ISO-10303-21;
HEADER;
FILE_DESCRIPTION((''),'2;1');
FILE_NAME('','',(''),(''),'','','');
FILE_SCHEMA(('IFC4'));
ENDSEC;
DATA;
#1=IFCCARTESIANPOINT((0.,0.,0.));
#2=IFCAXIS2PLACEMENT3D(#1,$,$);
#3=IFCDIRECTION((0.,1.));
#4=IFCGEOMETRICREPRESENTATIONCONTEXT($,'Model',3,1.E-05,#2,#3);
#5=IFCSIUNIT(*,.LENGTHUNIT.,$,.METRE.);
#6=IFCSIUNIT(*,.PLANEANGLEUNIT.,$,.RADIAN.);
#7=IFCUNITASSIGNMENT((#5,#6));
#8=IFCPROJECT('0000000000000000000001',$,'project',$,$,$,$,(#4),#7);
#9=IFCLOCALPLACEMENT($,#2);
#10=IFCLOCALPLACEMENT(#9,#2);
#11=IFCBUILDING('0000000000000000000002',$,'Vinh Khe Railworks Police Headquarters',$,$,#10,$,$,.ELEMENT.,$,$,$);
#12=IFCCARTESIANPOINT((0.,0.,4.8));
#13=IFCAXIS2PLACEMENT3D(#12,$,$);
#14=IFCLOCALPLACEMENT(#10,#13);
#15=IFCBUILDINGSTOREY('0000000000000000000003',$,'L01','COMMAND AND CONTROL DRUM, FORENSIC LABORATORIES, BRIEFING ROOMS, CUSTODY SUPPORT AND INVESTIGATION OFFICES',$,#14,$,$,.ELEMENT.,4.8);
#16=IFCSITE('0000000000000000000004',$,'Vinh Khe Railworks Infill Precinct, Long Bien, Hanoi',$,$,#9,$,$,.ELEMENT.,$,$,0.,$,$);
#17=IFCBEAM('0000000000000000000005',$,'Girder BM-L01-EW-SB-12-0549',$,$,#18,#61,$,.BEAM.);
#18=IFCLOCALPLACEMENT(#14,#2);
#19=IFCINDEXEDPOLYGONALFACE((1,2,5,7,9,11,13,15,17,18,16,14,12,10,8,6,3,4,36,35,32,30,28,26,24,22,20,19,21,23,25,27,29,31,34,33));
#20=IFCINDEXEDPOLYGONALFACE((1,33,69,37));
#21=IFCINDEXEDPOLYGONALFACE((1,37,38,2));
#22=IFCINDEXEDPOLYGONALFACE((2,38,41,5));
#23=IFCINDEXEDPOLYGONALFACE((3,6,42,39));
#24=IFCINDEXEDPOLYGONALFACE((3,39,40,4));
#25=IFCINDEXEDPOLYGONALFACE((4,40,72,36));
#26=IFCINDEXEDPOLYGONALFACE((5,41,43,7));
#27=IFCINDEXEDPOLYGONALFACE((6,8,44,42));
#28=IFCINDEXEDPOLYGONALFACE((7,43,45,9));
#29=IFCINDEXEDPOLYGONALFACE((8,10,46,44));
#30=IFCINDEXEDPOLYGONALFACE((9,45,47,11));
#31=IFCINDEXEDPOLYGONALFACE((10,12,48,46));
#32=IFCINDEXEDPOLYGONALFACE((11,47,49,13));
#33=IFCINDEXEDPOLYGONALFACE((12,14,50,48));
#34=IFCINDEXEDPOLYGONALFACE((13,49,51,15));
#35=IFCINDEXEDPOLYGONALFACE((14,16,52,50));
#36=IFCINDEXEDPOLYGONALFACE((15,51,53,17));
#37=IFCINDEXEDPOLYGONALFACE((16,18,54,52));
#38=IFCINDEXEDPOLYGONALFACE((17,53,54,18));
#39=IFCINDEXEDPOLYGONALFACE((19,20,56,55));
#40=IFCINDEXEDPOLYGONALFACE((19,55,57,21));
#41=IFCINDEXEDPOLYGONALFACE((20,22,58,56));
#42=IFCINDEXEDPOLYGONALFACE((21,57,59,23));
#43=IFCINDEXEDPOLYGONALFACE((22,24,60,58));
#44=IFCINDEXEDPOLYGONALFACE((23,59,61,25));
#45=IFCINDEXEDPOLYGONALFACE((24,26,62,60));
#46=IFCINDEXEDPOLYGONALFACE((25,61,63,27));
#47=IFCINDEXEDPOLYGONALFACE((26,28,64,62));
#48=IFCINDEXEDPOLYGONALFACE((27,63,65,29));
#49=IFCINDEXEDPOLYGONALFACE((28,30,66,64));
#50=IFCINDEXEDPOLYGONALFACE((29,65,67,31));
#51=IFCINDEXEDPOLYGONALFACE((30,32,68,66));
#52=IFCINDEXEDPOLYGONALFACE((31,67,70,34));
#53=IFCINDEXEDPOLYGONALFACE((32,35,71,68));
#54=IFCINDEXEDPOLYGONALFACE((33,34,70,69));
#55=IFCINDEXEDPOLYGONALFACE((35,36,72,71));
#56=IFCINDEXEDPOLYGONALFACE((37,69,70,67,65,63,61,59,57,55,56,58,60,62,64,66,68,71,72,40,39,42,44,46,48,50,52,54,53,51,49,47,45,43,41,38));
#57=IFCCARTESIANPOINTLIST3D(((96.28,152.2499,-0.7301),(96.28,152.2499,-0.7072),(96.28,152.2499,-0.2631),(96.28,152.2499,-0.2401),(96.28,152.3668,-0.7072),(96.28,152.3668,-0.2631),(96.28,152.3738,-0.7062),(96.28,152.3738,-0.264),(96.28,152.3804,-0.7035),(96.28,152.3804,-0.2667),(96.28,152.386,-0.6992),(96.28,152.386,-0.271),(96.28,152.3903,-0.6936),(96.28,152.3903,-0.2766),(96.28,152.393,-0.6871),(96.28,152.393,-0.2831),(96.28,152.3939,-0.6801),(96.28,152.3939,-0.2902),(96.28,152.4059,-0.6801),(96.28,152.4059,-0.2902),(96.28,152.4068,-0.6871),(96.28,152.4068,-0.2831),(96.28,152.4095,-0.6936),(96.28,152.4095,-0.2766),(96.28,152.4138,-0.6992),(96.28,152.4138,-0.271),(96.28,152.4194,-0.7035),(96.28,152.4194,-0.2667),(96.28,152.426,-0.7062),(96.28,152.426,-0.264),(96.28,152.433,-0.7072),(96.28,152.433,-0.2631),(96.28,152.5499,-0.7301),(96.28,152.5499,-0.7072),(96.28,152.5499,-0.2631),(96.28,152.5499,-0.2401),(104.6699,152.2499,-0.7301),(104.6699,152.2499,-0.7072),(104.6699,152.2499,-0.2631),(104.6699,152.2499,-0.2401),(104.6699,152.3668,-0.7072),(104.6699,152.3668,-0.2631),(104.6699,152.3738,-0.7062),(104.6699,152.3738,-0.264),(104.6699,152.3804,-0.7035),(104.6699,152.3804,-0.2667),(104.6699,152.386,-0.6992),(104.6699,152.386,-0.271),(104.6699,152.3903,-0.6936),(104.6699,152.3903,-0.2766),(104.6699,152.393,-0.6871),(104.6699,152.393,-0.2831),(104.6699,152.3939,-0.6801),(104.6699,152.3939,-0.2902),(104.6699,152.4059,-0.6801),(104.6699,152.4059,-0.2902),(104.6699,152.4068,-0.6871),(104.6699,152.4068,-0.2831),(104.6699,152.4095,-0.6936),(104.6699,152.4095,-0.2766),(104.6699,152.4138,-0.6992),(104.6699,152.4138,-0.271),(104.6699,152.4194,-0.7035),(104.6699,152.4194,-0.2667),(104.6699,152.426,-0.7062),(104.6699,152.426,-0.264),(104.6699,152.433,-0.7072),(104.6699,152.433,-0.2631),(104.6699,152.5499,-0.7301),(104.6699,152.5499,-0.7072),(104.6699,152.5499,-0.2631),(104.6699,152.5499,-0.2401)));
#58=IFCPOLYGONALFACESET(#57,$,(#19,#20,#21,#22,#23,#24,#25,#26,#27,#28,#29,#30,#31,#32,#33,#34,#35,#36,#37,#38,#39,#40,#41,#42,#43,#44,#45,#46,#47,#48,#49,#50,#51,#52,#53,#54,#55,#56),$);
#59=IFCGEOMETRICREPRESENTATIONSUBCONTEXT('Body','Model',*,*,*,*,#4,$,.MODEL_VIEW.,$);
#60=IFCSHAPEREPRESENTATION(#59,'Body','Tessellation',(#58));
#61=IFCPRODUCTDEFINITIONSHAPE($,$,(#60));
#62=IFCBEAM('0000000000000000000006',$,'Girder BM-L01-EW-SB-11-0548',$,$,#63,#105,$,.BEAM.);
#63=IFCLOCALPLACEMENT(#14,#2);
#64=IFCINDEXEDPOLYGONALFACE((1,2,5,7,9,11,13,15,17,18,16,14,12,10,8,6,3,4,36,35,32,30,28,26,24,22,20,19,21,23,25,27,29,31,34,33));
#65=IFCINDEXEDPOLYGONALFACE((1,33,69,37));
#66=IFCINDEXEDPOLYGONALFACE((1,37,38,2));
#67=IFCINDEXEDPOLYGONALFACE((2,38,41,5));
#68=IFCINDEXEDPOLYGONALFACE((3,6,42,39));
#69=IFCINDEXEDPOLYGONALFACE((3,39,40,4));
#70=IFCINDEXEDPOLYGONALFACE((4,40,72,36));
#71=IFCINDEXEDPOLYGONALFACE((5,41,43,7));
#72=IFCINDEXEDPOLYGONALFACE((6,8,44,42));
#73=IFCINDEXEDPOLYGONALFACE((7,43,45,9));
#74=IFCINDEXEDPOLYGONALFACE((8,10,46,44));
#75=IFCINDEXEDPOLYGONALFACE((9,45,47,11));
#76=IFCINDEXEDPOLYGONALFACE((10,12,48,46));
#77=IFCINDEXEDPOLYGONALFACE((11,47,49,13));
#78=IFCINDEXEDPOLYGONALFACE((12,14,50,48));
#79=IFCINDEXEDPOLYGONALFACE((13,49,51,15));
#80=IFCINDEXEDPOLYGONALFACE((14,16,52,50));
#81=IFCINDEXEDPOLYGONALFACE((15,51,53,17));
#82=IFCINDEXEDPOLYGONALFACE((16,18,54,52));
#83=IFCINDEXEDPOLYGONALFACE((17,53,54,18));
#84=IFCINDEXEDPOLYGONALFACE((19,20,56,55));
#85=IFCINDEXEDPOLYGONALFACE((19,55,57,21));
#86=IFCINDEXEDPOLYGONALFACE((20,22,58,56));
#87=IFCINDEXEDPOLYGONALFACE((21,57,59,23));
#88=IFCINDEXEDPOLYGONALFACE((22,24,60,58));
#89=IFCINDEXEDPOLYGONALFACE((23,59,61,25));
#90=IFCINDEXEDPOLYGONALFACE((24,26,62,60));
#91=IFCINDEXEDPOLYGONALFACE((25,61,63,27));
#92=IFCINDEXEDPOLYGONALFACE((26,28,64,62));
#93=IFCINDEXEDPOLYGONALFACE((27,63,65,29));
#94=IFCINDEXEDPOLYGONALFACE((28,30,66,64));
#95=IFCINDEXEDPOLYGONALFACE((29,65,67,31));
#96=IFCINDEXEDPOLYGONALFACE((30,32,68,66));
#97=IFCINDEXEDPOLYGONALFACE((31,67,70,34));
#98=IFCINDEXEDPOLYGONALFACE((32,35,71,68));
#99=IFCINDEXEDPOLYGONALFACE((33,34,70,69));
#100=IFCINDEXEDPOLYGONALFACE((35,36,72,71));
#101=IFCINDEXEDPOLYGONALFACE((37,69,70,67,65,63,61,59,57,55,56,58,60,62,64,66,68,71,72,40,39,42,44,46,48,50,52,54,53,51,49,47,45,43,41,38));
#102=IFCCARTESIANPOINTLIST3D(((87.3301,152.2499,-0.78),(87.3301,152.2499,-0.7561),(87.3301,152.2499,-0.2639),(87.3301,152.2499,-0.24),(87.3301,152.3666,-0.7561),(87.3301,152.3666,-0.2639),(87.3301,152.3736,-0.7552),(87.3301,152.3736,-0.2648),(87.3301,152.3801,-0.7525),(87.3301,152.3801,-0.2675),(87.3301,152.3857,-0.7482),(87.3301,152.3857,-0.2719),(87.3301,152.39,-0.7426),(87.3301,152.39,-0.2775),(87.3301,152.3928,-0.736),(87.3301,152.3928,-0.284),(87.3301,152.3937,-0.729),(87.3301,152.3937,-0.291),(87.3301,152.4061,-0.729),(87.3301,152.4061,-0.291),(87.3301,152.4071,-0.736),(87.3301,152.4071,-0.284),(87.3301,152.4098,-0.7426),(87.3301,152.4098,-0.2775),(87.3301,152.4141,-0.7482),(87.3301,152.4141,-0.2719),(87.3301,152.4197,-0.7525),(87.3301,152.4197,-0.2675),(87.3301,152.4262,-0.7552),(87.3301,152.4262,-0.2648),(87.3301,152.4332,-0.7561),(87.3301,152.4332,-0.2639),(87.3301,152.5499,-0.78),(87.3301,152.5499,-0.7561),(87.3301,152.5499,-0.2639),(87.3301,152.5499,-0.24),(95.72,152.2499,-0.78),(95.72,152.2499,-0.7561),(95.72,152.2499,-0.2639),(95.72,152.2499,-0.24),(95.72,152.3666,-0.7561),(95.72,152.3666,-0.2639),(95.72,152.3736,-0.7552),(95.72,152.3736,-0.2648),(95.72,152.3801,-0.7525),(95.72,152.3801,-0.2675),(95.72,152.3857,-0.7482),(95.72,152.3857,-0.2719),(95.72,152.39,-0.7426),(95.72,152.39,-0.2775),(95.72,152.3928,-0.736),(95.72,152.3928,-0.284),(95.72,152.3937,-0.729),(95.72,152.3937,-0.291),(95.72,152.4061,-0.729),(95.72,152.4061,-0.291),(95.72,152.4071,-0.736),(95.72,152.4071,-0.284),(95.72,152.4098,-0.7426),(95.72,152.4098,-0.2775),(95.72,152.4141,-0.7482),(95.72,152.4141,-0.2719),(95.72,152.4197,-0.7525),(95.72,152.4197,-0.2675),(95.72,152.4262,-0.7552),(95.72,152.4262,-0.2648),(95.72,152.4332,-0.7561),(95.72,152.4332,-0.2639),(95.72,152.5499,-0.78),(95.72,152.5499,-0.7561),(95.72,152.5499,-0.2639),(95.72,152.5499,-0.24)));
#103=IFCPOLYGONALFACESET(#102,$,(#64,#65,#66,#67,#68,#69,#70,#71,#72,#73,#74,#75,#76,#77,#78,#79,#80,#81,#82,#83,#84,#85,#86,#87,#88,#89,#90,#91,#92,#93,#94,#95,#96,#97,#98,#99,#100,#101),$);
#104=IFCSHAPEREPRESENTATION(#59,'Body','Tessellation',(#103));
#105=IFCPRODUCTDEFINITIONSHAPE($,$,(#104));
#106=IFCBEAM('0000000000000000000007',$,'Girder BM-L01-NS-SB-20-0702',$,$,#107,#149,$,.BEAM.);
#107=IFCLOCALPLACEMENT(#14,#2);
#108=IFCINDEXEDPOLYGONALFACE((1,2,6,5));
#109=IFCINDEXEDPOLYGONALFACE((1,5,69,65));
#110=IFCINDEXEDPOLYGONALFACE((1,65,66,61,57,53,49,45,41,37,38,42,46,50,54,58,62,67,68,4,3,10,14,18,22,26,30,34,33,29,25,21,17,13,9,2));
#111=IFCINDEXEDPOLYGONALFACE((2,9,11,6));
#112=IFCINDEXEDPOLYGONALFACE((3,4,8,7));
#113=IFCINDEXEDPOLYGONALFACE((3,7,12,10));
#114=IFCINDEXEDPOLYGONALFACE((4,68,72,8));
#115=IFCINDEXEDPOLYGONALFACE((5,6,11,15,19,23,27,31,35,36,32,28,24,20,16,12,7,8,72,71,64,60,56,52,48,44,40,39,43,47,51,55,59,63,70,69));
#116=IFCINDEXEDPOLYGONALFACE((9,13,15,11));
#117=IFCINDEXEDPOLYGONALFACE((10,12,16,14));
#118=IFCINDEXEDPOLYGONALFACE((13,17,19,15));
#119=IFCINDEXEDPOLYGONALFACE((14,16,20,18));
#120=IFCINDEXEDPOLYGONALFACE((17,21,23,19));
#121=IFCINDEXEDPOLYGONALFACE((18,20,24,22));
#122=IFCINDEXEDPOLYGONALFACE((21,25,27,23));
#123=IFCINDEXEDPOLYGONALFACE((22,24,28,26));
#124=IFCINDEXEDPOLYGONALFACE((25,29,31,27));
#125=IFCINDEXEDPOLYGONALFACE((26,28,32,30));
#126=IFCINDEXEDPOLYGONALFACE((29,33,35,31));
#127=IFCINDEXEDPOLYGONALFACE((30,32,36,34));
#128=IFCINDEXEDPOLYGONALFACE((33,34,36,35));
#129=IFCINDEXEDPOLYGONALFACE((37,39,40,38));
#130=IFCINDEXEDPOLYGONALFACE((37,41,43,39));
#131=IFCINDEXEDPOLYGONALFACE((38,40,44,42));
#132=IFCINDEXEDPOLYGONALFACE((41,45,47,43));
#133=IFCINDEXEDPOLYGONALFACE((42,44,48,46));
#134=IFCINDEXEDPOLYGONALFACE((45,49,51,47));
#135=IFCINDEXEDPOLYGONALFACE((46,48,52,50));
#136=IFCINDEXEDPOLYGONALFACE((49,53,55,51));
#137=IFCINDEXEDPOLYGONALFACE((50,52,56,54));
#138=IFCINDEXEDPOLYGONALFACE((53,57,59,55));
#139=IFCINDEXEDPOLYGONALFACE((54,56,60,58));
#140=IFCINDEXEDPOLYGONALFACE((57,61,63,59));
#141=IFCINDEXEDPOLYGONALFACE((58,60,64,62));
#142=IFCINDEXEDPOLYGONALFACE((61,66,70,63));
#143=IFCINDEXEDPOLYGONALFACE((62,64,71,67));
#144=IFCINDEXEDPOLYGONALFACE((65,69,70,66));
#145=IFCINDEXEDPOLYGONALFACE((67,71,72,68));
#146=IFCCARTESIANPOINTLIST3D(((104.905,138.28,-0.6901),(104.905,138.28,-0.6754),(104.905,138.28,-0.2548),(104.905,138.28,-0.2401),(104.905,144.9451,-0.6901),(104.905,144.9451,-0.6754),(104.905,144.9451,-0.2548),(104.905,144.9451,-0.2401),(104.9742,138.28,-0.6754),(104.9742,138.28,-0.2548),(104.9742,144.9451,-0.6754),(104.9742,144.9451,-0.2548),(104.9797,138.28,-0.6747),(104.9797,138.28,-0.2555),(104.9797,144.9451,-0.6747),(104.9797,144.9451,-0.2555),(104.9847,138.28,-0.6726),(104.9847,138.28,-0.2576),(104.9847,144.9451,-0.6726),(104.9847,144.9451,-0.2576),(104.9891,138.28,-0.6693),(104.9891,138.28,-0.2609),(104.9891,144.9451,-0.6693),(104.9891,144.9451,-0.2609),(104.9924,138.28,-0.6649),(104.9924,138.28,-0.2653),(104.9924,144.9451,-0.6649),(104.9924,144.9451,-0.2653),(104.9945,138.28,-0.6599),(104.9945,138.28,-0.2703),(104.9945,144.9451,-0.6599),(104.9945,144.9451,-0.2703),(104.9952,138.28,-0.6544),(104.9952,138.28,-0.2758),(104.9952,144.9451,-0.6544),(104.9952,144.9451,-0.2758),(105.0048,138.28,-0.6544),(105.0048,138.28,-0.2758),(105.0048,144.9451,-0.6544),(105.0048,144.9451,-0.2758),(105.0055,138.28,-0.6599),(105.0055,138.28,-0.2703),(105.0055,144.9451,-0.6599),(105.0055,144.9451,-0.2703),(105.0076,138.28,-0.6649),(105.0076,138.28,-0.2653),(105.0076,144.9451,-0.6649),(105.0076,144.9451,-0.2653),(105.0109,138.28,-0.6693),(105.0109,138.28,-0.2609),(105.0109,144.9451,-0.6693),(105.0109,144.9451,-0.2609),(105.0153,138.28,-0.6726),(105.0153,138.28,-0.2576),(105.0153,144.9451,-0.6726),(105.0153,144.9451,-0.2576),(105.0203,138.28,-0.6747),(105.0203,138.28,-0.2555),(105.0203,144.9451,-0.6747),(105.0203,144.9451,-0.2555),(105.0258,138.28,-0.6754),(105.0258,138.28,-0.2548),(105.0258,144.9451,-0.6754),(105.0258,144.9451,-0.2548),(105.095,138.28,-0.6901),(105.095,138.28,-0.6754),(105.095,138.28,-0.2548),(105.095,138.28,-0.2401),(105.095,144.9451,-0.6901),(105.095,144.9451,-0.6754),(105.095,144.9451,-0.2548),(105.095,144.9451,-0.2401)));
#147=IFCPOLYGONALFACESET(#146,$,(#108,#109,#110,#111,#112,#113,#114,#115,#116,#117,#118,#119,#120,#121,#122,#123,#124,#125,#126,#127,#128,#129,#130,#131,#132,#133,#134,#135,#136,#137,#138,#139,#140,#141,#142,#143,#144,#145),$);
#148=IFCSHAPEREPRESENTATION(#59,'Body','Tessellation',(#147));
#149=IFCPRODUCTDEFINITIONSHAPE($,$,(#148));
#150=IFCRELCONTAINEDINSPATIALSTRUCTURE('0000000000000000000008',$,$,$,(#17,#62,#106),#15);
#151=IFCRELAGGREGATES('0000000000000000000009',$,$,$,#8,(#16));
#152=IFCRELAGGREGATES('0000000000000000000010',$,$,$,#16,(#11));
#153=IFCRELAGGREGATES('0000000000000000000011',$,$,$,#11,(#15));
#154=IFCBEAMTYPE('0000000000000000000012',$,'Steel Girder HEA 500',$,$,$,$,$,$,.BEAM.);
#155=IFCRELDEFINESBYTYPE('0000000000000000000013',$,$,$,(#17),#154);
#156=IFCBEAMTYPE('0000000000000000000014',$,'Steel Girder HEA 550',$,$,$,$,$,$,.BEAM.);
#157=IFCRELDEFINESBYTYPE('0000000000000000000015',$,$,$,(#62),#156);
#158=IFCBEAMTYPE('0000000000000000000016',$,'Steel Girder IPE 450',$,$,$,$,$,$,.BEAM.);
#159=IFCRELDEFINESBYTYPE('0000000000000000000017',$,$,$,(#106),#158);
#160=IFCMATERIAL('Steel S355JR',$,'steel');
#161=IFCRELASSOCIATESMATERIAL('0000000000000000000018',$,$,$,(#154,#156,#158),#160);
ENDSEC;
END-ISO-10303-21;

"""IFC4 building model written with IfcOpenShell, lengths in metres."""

from ifc_helpers import new_model, si_unit, direction, frame, origin, origin_2d, place, context, subcontext, project, spatial, i_section, extrude, material, material_profile, profile_set, type_object, element, save


model = new_model("IFC4")

# Units and contexts
model_context = context("Model", 3, precision=1e-05, world=origin(), true_north=direction((0.0, 1.0)))
body_context = subcontext(model_context, "Body", "Model", "MODEL_VIEW")
ifc_project = project(units=[si_unit("LENGTHUNIT", "METRE"), si_unit("PLANEANGLEUNIT", "RADIAN")], contexts=[model_context])

# Site, building, storey
site_placement = place(None, origin())
site = spatial("IfcSite", under=ifc_project, at=site_placement, Name="Vinh Khe Railworks Infill Precinct, Long Bien, Hanoi", CompositionType="ELEMENT", RefElevation=0.0)
building_placement = place(site_placement, origin())
building = spatial("IfcBuilding", under=site, at=building_placement, Name="Vinh Khe Railworks Police Headquarters", CompositionType="ELEMENT")
storey_placement = place(building_placement, frame((0.0, 0.0, 4.8)))
storey = spatial("IfcBuildingStorey", under=building, at=storey_placement, Name="L01", Description="COMMAND AND CONTROL DRUM, FORENSIC LABORATORIES, BRIEFING ROOMS, CUSTODY SUPPORT AND INVESTIGATION OFFICES", CompositionType="ELEMENT", Elevation=4.8)

# Beams
ifc_material_1 = material(Name="Steel S355JR", Category="steel")
ifc_material_profile_1 = material_profile(ifc_material_1, i_section(OverallWidth=0.3, OverallDepth=0.49, WebThickness=0.012, FlangeThickness=0.0229, FilletRadius=0.0271, at=origin_2d()), Name="HEA 500")
ifc_profile_set_1 = profile_set([ifc_material_profile_1], Name="Steel S355JR")
beam_type_1 = type_object("IfcBeamType", Name="Steel Girder HEA 500", PredefinedType="BEAM", material=ifc_profile_set_1)
beam_1_placement = place(storey_placement, frame((96.28, 152.3999, -0.4851), z_axis=(1.0, 0.0, 0.0), x_axis=(0.0, 1.0, 0.0)))
element("IfcBeam", 1, at=beam_1_placement, inside=storey, type_object=beam_type_1, Name="Girder BM-L01-EW-SB-12-0549", PredefinedType="BEAM", context=body_context, shape_type="SweptSolid", body=[
    extrude(i_section(OverallWidth=0.3, OverallDepth=0.49, WebThickness=0.012, FlangeThickness=0.0229, FilletRadius=0.0271, at=origin_2d()), origin(), (0.0, 0.0, 1.0), 8.3899),
])
ifc_material_profile_2 = material_profile(ifc_material_1, i_section(OverallWidth=0.3, OverallDepth=0.54, WebThickness=0.0125, FlangeThickness=0.0239, FilletRadius=0.0271, at=origin_2d()), Name="HEA 550")
ifc_profile_set_2 = profile_set([ifc_material_profile_2], Name="Steel S355JR")
beam_type_2 = type_object("IfcBeamType", Name="Steel Girder HEA 550", PredefinedType="BEAM", material=ifc_profile_set_2)
beam_2_placement = place(storey_placement, frame((87.3301, 152.3999, -0.51), z_axis=(1.0, 0.0, 0.0), x_axis=(0.0, 1.0, 0.0)))
element("IfcBeam", 2, at=beam_2_placement, inside=storey, type_object=beam_type_2, Name="Girder BM-L01-EW-SB-11-0548", PredefinedType="BEAM", context=body_context, shape_type="SweptSolid", body=[
    extrude(i_section(OverallWidth=0.3, OverallDepth=0.54, WebThickness=0.0125, FlangeThickness=0.0239, FilletRadius=0.0271, at=origin_2d()), origin(), (0.0, 0.0, 1.0), 8.3899),
])
ifc_material_profile_3 = material_profile(ifc_material_1, i_section(OverallWidth=0.1899, OverallDepth=0.45, WebThickness=0.0095, FlangeThickness=0.0146, FilletRadius=0.021, at=origin_2d()), Name="IPE 450")
ifc_profile_set_3 = profile_set([ifc_material_profile_3], Name="Steel S355JR")
beam_type_3 = type_object("IfcBeamType", Name="Steel Girder IPE 450", PredefinedType="BEAM", material=ifc_profile_set_3)
beam_3_placement = place(storey_placement, frame((105.0, 138.28, -0.4651), z_axis=(0.0, 1.0, 0.0), x_axis=(-1.0, 0.0, 0.0)))
element("IfcBeam", 3, at=beam_3_placement, inside=storey, type_object=beam_type_3, Name="Girder BM-L01-NS-SB-20-0702", PredefinedType="BEAM", context=body_context, shape_type="SweptSolid", body=[
    extrude(i_section(OverallWidth=0.1899, OverallDepth=0.45, WebThickness=0.0095, FlangeThickness=0.0146, FilletRadius=0.021, at=origin_2d()), origin(), (0.0, 0.0, 1.0), 6.665),
])

save(model, "model.ifc")
